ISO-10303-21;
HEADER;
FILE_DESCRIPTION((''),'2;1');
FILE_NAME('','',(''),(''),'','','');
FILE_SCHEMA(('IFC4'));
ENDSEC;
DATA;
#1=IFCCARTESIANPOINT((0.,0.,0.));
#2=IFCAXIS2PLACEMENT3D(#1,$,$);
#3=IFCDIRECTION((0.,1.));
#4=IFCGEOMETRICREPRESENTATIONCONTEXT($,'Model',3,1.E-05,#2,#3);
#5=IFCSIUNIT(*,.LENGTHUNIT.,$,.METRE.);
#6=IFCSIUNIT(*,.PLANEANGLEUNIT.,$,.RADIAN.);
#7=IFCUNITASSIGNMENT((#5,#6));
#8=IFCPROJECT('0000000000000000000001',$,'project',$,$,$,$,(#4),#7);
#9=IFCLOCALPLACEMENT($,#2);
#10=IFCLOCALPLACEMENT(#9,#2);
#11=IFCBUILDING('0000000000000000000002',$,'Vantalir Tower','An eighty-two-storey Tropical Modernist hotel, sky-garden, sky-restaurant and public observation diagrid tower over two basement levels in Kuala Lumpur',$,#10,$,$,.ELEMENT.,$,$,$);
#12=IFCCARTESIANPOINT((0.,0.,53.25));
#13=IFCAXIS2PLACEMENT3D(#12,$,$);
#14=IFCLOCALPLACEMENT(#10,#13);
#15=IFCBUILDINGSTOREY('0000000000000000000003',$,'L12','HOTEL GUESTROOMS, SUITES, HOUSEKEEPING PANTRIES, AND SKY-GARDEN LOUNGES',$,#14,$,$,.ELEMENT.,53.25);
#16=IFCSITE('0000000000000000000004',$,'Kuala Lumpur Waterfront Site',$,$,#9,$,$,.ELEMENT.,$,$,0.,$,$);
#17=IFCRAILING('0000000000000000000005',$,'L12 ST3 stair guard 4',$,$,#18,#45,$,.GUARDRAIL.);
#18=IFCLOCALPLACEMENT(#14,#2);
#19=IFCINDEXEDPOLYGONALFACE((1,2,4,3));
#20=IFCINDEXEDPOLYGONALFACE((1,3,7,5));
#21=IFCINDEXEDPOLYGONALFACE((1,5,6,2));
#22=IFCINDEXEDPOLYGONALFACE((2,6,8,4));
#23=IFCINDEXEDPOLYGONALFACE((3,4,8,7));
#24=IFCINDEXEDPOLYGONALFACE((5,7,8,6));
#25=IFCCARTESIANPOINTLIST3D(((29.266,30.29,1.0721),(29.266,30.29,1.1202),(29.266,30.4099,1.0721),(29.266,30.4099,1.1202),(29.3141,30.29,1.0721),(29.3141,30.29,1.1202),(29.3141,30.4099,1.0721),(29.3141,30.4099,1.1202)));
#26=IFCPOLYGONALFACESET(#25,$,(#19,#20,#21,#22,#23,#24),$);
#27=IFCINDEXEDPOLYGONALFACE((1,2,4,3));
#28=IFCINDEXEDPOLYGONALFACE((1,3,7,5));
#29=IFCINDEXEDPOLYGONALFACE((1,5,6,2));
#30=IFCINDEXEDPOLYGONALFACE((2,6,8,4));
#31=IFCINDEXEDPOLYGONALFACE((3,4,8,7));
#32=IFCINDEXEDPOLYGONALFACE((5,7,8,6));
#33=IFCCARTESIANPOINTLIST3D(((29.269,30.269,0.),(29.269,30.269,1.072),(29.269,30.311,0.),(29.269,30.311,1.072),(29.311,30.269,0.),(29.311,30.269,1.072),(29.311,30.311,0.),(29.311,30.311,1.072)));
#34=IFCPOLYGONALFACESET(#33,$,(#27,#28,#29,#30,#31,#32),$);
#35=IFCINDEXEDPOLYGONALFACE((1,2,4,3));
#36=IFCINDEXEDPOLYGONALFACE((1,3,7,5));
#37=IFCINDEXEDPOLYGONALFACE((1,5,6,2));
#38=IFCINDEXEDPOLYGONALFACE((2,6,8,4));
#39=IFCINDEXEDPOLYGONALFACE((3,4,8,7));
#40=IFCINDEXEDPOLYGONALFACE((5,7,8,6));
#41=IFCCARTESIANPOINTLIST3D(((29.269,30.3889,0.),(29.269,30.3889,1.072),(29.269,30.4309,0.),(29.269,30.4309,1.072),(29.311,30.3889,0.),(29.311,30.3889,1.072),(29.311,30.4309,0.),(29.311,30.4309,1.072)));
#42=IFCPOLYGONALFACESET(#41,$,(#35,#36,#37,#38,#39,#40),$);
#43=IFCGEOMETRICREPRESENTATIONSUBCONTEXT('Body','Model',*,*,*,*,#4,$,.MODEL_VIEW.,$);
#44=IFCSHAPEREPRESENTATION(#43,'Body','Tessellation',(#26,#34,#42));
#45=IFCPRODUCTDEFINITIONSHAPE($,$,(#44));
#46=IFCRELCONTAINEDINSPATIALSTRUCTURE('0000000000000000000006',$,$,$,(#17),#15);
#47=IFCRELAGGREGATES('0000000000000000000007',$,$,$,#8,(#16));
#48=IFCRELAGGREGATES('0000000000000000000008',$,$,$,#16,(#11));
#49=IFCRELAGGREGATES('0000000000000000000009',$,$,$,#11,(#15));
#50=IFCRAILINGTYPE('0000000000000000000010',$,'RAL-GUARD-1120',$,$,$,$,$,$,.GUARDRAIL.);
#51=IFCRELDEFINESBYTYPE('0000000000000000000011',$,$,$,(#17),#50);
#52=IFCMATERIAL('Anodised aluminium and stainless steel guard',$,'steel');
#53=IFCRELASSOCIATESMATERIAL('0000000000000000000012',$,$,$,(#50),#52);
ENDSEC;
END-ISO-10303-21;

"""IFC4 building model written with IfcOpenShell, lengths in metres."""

from ifc_helpers import new_model, si_unit, direction, frame, origin, origin_2d, place, context, subcontext, project, spatial, rectangle, extrude, material, type_object, element, save


model = new_model("IFC4")

# Units and contexts
model_context = context("Model", 3, precision=1e-05, world=origin(), true_north=direction((0.0, 1.0)))
body_context = subcontext(model_context, "Body", "Model", "MODEL_VIEW")
ifc_project = project(units=[si_unit("LENGTHUNIT", "METRE"), si_unit("PLANEANGLEUNIT", "RADIAN")], contexts=[model_context])

# Site, building, storey
site_placement = place(None, origin())
site = spatial("IfcSite", under=ifc_project, at=site_placement, Name="Kuala Lumpur Waterfront Site", CompositionType="ELEMENT", RefElevation=0.0)
building_placement = place(site_placement, origin())
building = spatial("IfcBuilding", under=site, at=building_placement, Name="Vantalir Tower", Description="An eighty-two-storey Tropical Modernist hotel, sky-garden, sky-restaurant and public observation diagrid tower over two basement levels in Kuala Lumpur", CompositionType="ELEMENT")
storey_placement = place(building_placement, frame((0.0, 0.0, 53.25)))
storey = spatial("IfcBuildingStorey", under=building, at=storey_placement, Name="L12", Description="HOTEL GUESTROOMS, SUITES, HOUSEKEEPING PANTRIES, AND SKY-GARDEN LOUNGES", CompositionType="ELEMENT", Elevation=53.25)

# Railing
ifc_material_1 = material(Name="Anodised aluminium and stainless steel guard", Category="steel")
railing_type = type_object("IfcRailingType", Name="RAL-GUARD-1120", PredefinedType="GUARDRAIL", material=ifc_material_1)
railing_1_placement = place(storey_placement, frame((29.29, 30.29, 0.0)))
element("IfcRailing", 1, at=railing_1_placement, inside=storey, type_object=railing_type, Name="L12 ST3 stair guard 4", PredefinedType="GUARDRAIL", context=body_context, shape_type="SweptSolid", body=[
    extrude(rectangle(XDim=0.0481, YDim=0.0481, at=origin_2d()), frame((0.0, 0.0, 1.0962), z_axis=(0.0, 1.0, 0.0), x_axis=(-1.0, 0.0, 0.0)), (0.0, 0.0, 1.0), 0.1199),
    extrude(rectangle(XDim=0.042, YDim=0.042, at=origin_2d()), origin(), (0.0, 0.0, 1.0), 1.072),
    extrude(rectangle(XDim=0.042, YDim=0.042, at=origin_2d()), frame((0.0, 0.1199, 0.0)), (0.0, 0.0, 1.0), 1.072),
])

save(model, "model.ifc")
